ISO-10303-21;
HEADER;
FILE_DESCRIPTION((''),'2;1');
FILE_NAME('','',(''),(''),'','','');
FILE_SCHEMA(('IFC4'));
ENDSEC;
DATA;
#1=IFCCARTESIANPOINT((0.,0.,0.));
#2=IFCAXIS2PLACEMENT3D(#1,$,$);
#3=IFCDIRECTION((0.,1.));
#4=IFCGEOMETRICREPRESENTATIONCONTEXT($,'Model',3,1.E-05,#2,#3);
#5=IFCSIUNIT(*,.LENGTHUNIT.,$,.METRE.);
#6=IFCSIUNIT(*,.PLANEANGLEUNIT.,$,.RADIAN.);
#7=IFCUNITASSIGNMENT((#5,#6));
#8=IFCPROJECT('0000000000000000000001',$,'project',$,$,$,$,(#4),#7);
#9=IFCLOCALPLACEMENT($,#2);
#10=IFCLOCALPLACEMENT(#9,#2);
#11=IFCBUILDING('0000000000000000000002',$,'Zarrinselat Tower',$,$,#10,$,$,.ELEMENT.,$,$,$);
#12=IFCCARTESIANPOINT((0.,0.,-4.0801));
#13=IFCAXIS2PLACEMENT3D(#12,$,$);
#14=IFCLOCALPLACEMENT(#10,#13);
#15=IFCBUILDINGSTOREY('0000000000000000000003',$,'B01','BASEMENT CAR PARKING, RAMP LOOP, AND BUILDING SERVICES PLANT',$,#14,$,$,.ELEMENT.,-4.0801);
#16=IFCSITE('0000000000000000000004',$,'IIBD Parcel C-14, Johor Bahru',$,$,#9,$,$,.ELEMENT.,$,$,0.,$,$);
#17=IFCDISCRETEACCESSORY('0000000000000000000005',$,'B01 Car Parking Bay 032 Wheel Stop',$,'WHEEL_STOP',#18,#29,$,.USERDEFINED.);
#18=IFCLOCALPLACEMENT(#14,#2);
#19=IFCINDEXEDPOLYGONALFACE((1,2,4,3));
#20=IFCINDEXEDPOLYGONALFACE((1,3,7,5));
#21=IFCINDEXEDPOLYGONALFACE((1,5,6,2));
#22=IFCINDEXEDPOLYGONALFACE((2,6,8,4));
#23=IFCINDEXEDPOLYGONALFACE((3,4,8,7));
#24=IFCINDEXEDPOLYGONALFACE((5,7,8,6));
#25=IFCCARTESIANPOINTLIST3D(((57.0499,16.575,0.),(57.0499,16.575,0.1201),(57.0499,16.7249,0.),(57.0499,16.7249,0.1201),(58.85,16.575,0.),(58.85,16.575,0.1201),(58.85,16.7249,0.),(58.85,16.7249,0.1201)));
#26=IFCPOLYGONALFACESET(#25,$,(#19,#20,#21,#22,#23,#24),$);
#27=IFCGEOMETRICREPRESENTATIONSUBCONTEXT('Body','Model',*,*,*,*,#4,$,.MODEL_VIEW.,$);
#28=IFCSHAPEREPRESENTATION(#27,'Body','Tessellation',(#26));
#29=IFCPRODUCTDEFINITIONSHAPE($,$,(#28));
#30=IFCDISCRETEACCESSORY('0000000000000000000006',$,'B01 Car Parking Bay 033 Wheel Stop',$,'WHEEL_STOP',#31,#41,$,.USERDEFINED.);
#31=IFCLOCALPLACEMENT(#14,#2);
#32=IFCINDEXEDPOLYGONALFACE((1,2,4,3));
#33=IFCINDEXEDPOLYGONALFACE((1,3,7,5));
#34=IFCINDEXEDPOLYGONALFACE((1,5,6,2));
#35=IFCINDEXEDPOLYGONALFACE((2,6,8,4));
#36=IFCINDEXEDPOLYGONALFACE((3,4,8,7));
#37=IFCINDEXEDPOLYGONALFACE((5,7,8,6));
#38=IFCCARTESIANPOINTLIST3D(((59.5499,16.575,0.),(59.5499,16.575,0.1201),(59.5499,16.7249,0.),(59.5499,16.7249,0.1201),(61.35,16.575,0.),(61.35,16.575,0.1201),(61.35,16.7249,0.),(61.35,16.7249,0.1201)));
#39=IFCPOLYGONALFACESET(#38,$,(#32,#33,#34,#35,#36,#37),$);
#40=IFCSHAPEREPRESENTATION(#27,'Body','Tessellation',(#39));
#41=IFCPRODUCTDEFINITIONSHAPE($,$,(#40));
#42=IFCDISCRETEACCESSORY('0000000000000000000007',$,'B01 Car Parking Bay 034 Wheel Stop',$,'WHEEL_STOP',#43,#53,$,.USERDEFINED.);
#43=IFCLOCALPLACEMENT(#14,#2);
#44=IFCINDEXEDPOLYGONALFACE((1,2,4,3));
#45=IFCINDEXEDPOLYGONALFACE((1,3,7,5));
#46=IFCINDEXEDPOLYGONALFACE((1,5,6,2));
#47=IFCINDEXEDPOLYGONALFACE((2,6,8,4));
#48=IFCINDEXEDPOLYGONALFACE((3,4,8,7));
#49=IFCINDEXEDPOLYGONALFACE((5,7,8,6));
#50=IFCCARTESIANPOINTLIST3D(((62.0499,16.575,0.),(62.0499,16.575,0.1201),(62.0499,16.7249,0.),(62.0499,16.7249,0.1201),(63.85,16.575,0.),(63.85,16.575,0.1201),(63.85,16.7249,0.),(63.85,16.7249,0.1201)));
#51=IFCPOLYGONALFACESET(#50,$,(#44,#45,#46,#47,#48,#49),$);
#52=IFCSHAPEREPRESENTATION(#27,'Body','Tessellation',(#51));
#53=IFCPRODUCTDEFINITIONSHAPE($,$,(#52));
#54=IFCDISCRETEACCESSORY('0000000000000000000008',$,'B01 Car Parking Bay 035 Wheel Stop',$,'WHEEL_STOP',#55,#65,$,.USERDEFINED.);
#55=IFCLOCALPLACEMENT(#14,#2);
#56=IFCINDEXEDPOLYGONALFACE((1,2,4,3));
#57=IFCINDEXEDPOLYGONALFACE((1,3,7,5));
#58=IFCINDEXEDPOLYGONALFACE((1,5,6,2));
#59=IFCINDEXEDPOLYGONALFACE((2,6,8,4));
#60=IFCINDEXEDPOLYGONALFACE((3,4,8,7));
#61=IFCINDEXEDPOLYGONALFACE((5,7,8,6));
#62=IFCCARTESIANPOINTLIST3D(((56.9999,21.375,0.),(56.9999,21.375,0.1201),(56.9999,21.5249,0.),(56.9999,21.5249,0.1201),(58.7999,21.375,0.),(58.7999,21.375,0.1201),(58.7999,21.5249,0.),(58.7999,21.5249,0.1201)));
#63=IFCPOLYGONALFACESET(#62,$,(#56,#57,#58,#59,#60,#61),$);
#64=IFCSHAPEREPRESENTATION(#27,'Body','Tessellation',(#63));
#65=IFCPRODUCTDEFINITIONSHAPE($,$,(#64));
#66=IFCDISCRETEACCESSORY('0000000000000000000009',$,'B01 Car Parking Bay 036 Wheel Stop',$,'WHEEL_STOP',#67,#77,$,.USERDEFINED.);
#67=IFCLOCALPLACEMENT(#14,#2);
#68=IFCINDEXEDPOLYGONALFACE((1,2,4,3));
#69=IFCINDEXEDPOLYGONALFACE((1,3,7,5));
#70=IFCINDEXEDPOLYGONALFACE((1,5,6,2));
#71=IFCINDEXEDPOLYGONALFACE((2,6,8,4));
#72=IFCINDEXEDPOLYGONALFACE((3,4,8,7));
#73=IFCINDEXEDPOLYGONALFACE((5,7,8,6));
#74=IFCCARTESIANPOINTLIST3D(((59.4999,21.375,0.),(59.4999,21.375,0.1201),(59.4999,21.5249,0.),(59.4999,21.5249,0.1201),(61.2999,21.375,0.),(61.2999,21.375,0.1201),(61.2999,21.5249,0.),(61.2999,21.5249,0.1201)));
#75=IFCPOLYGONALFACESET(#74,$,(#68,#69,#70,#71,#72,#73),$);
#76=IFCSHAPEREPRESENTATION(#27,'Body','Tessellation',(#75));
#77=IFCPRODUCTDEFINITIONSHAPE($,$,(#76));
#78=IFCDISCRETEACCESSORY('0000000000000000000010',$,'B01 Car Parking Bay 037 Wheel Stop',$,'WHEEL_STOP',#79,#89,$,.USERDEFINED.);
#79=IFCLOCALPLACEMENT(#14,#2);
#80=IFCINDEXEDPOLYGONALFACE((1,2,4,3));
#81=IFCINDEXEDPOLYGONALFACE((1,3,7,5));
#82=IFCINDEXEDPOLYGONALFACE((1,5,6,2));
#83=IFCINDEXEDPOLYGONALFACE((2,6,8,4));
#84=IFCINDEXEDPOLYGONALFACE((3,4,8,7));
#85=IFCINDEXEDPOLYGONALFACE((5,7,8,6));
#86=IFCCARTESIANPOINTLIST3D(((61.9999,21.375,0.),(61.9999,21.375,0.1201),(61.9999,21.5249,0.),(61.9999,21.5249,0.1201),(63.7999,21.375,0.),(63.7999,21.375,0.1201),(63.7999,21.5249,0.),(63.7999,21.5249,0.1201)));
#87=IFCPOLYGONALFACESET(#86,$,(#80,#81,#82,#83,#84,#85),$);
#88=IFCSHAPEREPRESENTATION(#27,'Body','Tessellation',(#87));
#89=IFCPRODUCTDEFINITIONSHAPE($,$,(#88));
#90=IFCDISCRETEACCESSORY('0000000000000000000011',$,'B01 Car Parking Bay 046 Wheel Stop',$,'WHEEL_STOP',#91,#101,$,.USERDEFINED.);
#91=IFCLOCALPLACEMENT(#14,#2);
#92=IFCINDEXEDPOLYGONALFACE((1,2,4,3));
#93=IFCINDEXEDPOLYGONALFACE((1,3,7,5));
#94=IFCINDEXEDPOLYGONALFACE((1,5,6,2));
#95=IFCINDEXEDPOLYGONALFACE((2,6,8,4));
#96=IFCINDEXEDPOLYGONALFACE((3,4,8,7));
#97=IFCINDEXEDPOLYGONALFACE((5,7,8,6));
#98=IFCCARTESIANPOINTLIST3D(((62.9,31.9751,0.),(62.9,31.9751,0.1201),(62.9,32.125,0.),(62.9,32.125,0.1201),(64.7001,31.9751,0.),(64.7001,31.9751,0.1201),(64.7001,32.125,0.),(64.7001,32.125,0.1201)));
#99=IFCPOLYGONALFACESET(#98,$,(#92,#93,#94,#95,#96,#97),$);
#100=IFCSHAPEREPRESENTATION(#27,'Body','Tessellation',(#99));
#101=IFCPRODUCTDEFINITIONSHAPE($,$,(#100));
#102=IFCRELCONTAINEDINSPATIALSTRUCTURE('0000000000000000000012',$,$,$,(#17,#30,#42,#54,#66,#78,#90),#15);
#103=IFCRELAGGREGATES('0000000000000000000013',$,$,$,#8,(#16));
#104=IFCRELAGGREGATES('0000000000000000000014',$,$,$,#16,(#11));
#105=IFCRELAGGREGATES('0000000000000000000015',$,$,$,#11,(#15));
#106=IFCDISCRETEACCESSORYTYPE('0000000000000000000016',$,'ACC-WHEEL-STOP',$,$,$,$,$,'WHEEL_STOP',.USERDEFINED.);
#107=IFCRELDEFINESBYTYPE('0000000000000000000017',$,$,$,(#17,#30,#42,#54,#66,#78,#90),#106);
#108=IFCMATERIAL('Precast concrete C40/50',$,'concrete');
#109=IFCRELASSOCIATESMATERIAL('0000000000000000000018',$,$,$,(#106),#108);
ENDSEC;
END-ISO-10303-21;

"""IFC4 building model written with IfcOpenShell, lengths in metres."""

from ifc_helpers import new_model, si_unit, direction, frame, origin, origin_2d, place, context, subcontext, project, spatial, rectangle, extrude, material, type_object, element, save


model = new_model("IFC4")

# Units and contexts
model_context = context("Model", 3, precision=1e-05, world=origin(), true_north=direction((0.0, 1.0)))
body_context = subcontext(model_context, "Body", "Model", "MODEL_VIEW")
ifc_project = project(units=[si_unit("LENGTHUNIT", "METRE"), si_unit("PLANEANGLEUNIT", "RADIAN")], contexts=[model_context])

# Site, building, storey
site_placement = place(None, origin())
site = spatial("IfcSite", under=ifc_project, at=site_placement, Name="IIBD Parcel C-14, Johor Bahru", CompositionType="ELEMENT", RefElevation=0.0)
building_placement = place(site_placement, origin())
building = spatial("IfcBuilding", under=site, at=building_placement, Name="Zarrinselat Tower", CompositionType="ELEMENT")
storey_placement = place(building_placement, frame((0.0, 0.0, -4.0801)))
storey = spatial("IfcBuildingStorey", under=building, at=storey_placement, Name="B01", Description="BASEMENT CAR PARKING, RAMP LOOP, AND BUILDING SERVICES PLANT", CompositionType="ELEMENT", Elevation=-4.0801)

# Discrete accessories
ifc_material_1 = material(Name="Precast concrete C40/50", Category="concrete")
discrete_accessory_type = type_object("IfcDiscreteAccessoryType", Name="ACC-WHEEL-STOP", ElementType="WHEEL_STOP", PredefinedType="USERDEFINED", material=ifc_material_1)
for number, where, z_axis, x_axis, name in (
    (1, (57.95, 16.6499, 0.0), (0.0, 0.0, 1.0), (1.0, 0.0, 0.0), "B01 Car Parking Bay 032 Wheel Stop"),
    (2, (60.45, 16.6499, 0.0), (0.0, 0.0, 1.0), (1.0, 0.0, 0.0), "B01 Car Parking Bay 033 Wheel Stop"),
    (3, (62.95, 16.6499, 0.0), (0.0, 0.0, 1.0), (1.0, 0.0, 0.0), "B01 Car Parking Bay 034 Wheel Stop"),
    (4, (57.8999, 21.45, 0.0), (0.0, 0.0, 1.0), (1.0, 0.0, 0.0), "B01 Car Parking Bay 035 Wheel Stop"),
    (5, (60.3999, 21.45, 0.0), (0.0, 0.0, 1.0), (1.0, 0.0, 0.0), "B01 Car Parking Bay 036 Wheel Stop"),
    (6, (62.8999, 21.45, 0.0), (0.0, 0.0, 1.0), (1.0, 0.0, 0.0), "B01 Car Parking Bay 037 Wheel Stop"),
    (7, (63.8, 32.05, 0.0), (0.0, 0.0, 1.0), (1.0, 0.0, 0.0), "B01 Car Parking Bay 046 Wheel Stop"),
):
    element("IfcDiscreteAccessory", number, at=place(storey_placement, frame(where, z_axis=z_axis, x_axis=x_axis)), inside=storey, type_object=discrete_accessory_type, Name=name, ObjectType="WHEEL_STOP", PredefinedType="USERDEFINED", context=body_context, shape_type="SweptSolid", body=[
        extrude(rectangle(XDim=1.8, YDim=0.1499, at=origin_2d()), origin(), (0.0, 0.0, 1.0), 0.1201),
    ])

save(model, "model.ifc")
